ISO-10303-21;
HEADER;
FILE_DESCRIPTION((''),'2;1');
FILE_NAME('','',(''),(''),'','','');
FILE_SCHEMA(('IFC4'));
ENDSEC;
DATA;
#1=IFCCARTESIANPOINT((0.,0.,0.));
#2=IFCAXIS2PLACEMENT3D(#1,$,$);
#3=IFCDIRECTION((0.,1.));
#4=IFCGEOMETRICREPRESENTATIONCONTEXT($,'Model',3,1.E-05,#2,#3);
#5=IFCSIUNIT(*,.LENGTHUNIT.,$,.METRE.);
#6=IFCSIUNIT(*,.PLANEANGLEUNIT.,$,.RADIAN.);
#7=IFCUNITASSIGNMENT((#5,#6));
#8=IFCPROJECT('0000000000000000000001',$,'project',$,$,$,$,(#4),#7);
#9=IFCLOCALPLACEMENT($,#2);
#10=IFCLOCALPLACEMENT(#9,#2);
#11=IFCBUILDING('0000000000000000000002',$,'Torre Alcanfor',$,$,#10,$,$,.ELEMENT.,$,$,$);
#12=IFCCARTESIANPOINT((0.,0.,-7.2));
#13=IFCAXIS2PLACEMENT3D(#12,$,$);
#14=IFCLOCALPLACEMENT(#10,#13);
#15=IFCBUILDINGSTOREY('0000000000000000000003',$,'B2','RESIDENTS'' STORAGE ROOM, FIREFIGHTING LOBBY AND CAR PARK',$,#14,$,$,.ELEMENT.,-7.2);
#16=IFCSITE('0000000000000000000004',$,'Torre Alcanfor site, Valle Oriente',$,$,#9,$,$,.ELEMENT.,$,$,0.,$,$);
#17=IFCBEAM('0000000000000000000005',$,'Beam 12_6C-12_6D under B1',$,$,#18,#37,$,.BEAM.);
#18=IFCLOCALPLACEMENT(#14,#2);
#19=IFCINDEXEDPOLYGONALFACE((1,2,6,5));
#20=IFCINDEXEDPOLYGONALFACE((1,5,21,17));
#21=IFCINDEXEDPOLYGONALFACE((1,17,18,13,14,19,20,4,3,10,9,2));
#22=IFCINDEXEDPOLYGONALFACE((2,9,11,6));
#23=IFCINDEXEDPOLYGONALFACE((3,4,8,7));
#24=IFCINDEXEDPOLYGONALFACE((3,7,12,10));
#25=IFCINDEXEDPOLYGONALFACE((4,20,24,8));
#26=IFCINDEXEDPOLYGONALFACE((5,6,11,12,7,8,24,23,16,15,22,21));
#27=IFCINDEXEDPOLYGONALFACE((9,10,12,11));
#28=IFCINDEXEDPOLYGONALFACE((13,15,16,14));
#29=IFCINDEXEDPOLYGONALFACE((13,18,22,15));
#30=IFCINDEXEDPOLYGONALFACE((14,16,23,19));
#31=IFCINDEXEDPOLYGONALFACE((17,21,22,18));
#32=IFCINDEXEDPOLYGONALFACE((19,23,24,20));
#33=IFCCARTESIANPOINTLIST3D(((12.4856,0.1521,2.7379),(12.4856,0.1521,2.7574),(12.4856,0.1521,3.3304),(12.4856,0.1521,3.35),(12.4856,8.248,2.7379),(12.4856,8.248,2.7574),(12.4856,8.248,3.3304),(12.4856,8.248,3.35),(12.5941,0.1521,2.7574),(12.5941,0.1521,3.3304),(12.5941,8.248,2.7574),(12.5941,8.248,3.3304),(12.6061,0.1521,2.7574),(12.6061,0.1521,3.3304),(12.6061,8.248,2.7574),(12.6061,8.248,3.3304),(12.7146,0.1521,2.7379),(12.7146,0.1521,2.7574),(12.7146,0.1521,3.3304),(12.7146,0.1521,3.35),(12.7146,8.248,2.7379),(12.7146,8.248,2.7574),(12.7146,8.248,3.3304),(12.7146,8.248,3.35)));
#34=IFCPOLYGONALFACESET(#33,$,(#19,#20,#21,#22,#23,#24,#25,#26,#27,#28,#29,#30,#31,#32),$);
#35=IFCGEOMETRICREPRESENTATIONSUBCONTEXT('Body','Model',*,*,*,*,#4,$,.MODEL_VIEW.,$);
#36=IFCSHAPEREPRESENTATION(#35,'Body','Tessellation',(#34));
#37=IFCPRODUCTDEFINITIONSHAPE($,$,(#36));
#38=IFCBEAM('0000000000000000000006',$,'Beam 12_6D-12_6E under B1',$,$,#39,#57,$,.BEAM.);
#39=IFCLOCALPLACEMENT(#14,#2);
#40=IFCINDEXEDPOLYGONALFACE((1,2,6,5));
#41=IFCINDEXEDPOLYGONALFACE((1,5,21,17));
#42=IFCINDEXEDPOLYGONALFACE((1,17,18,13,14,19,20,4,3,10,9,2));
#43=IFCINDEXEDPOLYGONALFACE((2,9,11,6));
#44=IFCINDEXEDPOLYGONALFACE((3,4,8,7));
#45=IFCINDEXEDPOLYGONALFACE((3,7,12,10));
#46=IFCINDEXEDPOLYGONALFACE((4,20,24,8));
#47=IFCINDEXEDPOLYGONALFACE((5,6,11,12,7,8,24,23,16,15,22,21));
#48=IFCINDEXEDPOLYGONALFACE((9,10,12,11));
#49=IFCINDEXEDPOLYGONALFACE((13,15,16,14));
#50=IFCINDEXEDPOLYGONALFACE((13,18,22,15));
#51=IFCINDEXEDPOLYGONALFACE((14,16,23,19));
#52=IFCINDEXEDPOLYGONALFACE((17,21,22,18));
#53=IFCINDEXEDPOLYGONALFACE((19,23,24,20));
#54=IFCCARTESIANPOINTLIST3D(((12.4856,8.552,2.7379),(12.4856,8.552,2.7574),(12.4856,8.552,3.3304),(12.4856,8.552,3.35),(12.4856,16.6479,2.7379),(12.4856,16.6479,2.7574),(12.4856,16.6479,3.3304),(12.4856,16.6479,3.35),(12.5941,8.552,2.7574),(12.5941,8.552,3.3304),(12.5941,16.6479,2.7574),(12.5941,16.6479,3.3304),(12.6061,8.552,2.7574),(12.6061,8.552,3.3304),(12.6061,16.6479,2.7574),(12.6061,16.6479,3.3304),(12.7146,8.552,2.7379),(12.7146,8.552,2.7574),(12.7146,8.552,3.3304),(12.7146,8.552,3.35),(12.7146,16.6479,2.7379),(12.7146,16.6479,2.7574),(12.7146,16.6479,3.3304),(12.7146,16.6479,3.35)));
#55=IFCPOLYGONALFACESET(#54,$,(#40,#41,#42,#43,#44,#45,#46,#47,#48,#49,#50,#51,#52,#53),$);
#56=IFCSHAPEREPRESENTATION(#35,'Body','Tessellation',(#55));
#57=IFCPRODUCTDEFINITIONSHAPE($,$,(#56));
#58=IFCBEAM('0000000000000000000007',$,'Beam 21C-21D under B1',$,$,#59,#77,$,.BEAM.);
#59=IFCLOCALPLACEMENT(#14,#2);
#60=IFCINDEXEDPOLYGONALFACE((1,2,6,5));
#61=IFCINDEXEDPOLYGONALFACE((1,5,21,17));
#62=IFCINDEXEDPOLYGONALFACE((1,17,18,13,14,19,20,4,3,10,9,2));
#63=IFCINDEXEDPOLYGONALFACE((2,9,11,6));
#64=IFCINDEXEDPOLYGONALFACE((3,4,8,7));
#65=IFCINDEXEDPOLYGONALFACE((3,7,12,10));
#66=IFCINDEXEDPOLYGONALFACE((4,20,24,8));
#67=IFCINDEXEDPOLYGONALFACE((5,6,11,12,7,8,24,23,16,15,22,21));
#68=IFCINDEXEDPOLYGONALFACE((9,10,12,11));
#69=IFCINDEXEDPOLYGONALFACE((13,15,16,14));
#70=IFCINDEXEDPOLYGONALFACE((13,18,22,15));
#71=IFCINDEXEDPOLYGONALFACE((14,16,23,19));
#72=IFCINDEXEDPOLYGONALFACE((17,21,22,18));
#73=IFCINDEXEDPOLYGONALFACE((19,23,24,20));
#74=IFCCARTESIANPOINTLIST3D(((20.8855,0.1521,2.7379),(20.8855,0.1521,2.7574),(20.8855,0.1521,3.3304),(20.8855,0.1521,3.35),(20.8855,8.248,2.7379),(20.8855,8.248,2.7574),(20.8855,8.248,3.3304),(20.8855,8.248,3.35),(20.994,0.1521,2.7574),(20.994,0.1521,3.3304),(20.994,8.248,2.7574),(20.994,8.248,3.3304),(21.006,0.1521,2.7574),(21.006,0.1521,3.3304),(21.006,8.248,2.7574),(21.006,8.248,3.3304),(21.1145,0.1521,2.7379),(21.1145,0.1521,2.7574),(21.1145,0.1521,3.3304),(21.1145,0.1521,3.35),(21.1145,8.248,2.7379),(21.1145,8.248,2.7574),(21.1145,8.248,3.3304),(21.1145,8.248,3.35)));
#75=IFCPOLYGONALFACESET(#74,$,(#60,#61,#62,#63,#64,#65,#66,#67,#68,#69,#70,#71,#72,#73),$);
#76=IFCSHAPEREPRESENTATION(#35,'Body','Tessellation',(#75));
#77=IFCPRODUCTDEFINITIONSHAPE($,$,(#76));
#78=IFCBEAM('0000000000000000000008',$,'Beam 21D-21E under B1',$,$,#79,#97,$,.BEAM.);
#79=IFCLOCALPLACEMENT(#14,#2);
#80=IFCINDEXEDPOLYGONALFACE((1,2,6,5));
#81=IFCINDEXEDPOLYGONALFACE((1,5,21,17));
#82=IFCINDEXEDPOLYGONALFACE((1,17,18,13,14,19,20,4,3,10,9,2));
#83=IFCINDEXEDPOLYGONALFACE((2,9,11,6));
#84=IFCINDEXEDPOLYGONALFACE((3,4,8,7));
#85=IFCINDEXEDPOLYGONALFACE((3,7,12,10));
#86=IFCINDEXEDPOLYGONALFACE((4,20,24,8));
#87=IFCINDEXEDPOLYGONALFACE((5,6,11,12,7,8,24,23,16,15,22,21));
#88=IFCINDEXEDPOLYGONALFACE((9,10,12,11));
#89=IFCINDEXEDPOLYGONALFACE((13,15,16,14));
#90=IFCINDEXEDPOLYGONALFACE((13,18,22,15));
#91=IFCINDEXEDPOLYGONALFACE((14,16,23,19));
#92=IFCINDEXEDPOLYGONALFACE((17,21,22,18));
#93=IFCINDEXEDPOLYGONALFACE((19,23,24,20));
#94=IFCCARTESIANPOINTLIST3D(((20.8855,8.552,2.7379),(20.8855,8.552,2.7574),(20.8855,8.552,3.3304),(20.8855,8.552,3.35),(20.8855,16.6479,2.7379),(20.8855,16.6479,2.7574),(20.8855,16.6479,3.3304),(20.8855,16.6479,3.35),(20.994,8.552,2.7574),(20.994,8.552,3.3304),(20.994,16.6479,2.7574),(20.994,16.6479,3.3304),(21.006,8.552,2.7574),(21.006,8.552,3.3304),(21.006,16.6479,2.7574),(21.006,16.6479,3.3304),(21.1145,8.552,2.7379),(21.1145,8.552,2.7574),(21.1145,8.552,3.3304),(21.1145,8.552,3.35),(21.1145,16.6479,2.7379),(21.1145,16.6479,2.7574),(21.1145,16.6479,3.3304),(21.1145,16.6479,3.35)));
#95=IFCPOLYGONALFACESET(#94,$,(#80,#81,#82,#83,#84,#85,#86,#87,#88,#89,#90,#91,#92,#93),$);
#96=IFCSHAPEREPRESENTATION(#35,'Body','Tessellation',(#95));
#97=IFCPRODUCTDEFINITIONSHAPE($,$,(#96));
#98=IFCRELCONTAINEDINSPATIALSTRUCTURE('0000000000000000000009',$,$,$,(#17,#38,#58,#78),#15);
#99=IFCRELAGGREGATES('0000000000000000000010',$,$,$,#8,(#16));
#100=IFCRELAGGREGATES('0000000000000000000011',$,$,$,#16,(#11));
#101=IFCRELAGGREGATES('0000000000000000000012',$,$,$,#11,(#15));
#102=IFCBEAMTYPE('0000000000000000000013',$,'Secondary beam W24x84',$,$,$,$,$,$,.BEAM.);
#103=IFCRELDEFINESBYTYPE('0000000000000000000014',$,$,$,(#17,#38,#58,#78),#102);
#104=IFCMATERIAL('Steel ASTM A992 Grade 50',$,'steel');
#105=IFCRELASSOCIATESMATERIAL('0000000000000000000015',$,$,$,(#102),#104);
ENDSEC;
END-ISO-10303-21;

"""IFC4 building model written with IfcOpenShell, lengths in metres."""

from ifc_helpers import new_model, si_unit, direction, frame, origin, origin_2d, place, context, subcontext, project, spatial, i_section, extrude, material, material_profile, profile_set, type_object, element, save


model = new_model("IFC4")

# Units and contexts
model_context = context("Model", 3, precision=1e-05, world=origin(), true_north=direction((0.0, 1.0)))
body_context = subcontext(model_context, "Body", "Model", "MODEL_VIEW")
ifc_project = project(units=[si_unit("LENGTHUNIT", "METRE"), si_unit("PLANEANGLEUNIT", "RADIAN")], contexts=[model_context])

# Site, building, storey
site_placement = place(None, origin())
site = spatial("IfcSite", under=ifc_project, at=site_placement, Name="Torre Alcanfor site, Valle Oriente", CompositionType="ELEMENT", RefElevation=0.0)
building_placement = place(site_placement, origin())
building = spatial("IfcBuilding", under=site, at=building_placement, Name="Torre Alcanfor", CompositionType="ELEMENT")
storey_placement = place(building_placement, frame((0.0, 0.0, -7.2)))
storey = spatial("IfcBuildingStorey", under=building, at=storey_placement, Name="B2", Description="RESIDENTS' STORAGE ROOM, FIREFIGHTING LOBBY AND CAR PARK", CompositionType="ELEMENT", Elevation=-7.2)

# Beams
ifc_material_1 = material(Name="Steel ASTM A992 Grade 50", Category="steel")
ifc_material_profile_1 = material_profile(ifc_material_1, i_section(OverallWidth=0.229, OverallDepth=0.6121, WebThickness=0.012, FlangeThickness=0.0195, at=origin_2d()), Name="W24x84")
ifc_profile_set_1 = profile_set([ifc_material_profile_1], Name="Steel ASTM A992 Grade 50")
beam_type_1 = type_object("IfcBeamType", Name="Secondary beam W24x84", PredefinedType="BEAM", material=ifc_profile_set_1)
for number, where, z_axis, x_axis, name in (
    (1, (12.6001, 0.1521, 3.0439), (0.0, 1.0, 0.0), (-1.0, 0.0, 0.0), "Beam 12_6C-12_6D under B1"),
    (2, (12.6001, 8.552, 3.0439), (0.0, 1.0, 0.0), (-1.0, 0.0, 0.0), "Beam 12_6D-12_6E under B1"),
    (3, (21.0, 0.1521, 3.0439), (0.0, 1.0, 0.0), (-1.0, 0.0, 0.0), "Beam 21C-21D under B1"),
    (4, (21.0, 8.552, 3.0439), (0.0, 1.0, 0.0), (-1.0, 0.0, 0.0), "Beam 21D-21E under B1"),
):
    element("IfcBeam", number, at=place(storey_placement, frame(where, z_axis=z_axis, x_axis=x_axis)), inside=storey, type_object=beam_type_1, Name=name, PredefinedType="BEAM", context=body_context, shape_type="SweptSolid", body=[
        extrude(i_section(OverallWidth=0.229, OverallDepth=0.6121, WebThickness=0.012, FlangeThickness=0.0195, at=origin_2d()), origin(), (0.0, 0.0, 1.0), 8.0959),
    ])

save(model, "model.ifc")
